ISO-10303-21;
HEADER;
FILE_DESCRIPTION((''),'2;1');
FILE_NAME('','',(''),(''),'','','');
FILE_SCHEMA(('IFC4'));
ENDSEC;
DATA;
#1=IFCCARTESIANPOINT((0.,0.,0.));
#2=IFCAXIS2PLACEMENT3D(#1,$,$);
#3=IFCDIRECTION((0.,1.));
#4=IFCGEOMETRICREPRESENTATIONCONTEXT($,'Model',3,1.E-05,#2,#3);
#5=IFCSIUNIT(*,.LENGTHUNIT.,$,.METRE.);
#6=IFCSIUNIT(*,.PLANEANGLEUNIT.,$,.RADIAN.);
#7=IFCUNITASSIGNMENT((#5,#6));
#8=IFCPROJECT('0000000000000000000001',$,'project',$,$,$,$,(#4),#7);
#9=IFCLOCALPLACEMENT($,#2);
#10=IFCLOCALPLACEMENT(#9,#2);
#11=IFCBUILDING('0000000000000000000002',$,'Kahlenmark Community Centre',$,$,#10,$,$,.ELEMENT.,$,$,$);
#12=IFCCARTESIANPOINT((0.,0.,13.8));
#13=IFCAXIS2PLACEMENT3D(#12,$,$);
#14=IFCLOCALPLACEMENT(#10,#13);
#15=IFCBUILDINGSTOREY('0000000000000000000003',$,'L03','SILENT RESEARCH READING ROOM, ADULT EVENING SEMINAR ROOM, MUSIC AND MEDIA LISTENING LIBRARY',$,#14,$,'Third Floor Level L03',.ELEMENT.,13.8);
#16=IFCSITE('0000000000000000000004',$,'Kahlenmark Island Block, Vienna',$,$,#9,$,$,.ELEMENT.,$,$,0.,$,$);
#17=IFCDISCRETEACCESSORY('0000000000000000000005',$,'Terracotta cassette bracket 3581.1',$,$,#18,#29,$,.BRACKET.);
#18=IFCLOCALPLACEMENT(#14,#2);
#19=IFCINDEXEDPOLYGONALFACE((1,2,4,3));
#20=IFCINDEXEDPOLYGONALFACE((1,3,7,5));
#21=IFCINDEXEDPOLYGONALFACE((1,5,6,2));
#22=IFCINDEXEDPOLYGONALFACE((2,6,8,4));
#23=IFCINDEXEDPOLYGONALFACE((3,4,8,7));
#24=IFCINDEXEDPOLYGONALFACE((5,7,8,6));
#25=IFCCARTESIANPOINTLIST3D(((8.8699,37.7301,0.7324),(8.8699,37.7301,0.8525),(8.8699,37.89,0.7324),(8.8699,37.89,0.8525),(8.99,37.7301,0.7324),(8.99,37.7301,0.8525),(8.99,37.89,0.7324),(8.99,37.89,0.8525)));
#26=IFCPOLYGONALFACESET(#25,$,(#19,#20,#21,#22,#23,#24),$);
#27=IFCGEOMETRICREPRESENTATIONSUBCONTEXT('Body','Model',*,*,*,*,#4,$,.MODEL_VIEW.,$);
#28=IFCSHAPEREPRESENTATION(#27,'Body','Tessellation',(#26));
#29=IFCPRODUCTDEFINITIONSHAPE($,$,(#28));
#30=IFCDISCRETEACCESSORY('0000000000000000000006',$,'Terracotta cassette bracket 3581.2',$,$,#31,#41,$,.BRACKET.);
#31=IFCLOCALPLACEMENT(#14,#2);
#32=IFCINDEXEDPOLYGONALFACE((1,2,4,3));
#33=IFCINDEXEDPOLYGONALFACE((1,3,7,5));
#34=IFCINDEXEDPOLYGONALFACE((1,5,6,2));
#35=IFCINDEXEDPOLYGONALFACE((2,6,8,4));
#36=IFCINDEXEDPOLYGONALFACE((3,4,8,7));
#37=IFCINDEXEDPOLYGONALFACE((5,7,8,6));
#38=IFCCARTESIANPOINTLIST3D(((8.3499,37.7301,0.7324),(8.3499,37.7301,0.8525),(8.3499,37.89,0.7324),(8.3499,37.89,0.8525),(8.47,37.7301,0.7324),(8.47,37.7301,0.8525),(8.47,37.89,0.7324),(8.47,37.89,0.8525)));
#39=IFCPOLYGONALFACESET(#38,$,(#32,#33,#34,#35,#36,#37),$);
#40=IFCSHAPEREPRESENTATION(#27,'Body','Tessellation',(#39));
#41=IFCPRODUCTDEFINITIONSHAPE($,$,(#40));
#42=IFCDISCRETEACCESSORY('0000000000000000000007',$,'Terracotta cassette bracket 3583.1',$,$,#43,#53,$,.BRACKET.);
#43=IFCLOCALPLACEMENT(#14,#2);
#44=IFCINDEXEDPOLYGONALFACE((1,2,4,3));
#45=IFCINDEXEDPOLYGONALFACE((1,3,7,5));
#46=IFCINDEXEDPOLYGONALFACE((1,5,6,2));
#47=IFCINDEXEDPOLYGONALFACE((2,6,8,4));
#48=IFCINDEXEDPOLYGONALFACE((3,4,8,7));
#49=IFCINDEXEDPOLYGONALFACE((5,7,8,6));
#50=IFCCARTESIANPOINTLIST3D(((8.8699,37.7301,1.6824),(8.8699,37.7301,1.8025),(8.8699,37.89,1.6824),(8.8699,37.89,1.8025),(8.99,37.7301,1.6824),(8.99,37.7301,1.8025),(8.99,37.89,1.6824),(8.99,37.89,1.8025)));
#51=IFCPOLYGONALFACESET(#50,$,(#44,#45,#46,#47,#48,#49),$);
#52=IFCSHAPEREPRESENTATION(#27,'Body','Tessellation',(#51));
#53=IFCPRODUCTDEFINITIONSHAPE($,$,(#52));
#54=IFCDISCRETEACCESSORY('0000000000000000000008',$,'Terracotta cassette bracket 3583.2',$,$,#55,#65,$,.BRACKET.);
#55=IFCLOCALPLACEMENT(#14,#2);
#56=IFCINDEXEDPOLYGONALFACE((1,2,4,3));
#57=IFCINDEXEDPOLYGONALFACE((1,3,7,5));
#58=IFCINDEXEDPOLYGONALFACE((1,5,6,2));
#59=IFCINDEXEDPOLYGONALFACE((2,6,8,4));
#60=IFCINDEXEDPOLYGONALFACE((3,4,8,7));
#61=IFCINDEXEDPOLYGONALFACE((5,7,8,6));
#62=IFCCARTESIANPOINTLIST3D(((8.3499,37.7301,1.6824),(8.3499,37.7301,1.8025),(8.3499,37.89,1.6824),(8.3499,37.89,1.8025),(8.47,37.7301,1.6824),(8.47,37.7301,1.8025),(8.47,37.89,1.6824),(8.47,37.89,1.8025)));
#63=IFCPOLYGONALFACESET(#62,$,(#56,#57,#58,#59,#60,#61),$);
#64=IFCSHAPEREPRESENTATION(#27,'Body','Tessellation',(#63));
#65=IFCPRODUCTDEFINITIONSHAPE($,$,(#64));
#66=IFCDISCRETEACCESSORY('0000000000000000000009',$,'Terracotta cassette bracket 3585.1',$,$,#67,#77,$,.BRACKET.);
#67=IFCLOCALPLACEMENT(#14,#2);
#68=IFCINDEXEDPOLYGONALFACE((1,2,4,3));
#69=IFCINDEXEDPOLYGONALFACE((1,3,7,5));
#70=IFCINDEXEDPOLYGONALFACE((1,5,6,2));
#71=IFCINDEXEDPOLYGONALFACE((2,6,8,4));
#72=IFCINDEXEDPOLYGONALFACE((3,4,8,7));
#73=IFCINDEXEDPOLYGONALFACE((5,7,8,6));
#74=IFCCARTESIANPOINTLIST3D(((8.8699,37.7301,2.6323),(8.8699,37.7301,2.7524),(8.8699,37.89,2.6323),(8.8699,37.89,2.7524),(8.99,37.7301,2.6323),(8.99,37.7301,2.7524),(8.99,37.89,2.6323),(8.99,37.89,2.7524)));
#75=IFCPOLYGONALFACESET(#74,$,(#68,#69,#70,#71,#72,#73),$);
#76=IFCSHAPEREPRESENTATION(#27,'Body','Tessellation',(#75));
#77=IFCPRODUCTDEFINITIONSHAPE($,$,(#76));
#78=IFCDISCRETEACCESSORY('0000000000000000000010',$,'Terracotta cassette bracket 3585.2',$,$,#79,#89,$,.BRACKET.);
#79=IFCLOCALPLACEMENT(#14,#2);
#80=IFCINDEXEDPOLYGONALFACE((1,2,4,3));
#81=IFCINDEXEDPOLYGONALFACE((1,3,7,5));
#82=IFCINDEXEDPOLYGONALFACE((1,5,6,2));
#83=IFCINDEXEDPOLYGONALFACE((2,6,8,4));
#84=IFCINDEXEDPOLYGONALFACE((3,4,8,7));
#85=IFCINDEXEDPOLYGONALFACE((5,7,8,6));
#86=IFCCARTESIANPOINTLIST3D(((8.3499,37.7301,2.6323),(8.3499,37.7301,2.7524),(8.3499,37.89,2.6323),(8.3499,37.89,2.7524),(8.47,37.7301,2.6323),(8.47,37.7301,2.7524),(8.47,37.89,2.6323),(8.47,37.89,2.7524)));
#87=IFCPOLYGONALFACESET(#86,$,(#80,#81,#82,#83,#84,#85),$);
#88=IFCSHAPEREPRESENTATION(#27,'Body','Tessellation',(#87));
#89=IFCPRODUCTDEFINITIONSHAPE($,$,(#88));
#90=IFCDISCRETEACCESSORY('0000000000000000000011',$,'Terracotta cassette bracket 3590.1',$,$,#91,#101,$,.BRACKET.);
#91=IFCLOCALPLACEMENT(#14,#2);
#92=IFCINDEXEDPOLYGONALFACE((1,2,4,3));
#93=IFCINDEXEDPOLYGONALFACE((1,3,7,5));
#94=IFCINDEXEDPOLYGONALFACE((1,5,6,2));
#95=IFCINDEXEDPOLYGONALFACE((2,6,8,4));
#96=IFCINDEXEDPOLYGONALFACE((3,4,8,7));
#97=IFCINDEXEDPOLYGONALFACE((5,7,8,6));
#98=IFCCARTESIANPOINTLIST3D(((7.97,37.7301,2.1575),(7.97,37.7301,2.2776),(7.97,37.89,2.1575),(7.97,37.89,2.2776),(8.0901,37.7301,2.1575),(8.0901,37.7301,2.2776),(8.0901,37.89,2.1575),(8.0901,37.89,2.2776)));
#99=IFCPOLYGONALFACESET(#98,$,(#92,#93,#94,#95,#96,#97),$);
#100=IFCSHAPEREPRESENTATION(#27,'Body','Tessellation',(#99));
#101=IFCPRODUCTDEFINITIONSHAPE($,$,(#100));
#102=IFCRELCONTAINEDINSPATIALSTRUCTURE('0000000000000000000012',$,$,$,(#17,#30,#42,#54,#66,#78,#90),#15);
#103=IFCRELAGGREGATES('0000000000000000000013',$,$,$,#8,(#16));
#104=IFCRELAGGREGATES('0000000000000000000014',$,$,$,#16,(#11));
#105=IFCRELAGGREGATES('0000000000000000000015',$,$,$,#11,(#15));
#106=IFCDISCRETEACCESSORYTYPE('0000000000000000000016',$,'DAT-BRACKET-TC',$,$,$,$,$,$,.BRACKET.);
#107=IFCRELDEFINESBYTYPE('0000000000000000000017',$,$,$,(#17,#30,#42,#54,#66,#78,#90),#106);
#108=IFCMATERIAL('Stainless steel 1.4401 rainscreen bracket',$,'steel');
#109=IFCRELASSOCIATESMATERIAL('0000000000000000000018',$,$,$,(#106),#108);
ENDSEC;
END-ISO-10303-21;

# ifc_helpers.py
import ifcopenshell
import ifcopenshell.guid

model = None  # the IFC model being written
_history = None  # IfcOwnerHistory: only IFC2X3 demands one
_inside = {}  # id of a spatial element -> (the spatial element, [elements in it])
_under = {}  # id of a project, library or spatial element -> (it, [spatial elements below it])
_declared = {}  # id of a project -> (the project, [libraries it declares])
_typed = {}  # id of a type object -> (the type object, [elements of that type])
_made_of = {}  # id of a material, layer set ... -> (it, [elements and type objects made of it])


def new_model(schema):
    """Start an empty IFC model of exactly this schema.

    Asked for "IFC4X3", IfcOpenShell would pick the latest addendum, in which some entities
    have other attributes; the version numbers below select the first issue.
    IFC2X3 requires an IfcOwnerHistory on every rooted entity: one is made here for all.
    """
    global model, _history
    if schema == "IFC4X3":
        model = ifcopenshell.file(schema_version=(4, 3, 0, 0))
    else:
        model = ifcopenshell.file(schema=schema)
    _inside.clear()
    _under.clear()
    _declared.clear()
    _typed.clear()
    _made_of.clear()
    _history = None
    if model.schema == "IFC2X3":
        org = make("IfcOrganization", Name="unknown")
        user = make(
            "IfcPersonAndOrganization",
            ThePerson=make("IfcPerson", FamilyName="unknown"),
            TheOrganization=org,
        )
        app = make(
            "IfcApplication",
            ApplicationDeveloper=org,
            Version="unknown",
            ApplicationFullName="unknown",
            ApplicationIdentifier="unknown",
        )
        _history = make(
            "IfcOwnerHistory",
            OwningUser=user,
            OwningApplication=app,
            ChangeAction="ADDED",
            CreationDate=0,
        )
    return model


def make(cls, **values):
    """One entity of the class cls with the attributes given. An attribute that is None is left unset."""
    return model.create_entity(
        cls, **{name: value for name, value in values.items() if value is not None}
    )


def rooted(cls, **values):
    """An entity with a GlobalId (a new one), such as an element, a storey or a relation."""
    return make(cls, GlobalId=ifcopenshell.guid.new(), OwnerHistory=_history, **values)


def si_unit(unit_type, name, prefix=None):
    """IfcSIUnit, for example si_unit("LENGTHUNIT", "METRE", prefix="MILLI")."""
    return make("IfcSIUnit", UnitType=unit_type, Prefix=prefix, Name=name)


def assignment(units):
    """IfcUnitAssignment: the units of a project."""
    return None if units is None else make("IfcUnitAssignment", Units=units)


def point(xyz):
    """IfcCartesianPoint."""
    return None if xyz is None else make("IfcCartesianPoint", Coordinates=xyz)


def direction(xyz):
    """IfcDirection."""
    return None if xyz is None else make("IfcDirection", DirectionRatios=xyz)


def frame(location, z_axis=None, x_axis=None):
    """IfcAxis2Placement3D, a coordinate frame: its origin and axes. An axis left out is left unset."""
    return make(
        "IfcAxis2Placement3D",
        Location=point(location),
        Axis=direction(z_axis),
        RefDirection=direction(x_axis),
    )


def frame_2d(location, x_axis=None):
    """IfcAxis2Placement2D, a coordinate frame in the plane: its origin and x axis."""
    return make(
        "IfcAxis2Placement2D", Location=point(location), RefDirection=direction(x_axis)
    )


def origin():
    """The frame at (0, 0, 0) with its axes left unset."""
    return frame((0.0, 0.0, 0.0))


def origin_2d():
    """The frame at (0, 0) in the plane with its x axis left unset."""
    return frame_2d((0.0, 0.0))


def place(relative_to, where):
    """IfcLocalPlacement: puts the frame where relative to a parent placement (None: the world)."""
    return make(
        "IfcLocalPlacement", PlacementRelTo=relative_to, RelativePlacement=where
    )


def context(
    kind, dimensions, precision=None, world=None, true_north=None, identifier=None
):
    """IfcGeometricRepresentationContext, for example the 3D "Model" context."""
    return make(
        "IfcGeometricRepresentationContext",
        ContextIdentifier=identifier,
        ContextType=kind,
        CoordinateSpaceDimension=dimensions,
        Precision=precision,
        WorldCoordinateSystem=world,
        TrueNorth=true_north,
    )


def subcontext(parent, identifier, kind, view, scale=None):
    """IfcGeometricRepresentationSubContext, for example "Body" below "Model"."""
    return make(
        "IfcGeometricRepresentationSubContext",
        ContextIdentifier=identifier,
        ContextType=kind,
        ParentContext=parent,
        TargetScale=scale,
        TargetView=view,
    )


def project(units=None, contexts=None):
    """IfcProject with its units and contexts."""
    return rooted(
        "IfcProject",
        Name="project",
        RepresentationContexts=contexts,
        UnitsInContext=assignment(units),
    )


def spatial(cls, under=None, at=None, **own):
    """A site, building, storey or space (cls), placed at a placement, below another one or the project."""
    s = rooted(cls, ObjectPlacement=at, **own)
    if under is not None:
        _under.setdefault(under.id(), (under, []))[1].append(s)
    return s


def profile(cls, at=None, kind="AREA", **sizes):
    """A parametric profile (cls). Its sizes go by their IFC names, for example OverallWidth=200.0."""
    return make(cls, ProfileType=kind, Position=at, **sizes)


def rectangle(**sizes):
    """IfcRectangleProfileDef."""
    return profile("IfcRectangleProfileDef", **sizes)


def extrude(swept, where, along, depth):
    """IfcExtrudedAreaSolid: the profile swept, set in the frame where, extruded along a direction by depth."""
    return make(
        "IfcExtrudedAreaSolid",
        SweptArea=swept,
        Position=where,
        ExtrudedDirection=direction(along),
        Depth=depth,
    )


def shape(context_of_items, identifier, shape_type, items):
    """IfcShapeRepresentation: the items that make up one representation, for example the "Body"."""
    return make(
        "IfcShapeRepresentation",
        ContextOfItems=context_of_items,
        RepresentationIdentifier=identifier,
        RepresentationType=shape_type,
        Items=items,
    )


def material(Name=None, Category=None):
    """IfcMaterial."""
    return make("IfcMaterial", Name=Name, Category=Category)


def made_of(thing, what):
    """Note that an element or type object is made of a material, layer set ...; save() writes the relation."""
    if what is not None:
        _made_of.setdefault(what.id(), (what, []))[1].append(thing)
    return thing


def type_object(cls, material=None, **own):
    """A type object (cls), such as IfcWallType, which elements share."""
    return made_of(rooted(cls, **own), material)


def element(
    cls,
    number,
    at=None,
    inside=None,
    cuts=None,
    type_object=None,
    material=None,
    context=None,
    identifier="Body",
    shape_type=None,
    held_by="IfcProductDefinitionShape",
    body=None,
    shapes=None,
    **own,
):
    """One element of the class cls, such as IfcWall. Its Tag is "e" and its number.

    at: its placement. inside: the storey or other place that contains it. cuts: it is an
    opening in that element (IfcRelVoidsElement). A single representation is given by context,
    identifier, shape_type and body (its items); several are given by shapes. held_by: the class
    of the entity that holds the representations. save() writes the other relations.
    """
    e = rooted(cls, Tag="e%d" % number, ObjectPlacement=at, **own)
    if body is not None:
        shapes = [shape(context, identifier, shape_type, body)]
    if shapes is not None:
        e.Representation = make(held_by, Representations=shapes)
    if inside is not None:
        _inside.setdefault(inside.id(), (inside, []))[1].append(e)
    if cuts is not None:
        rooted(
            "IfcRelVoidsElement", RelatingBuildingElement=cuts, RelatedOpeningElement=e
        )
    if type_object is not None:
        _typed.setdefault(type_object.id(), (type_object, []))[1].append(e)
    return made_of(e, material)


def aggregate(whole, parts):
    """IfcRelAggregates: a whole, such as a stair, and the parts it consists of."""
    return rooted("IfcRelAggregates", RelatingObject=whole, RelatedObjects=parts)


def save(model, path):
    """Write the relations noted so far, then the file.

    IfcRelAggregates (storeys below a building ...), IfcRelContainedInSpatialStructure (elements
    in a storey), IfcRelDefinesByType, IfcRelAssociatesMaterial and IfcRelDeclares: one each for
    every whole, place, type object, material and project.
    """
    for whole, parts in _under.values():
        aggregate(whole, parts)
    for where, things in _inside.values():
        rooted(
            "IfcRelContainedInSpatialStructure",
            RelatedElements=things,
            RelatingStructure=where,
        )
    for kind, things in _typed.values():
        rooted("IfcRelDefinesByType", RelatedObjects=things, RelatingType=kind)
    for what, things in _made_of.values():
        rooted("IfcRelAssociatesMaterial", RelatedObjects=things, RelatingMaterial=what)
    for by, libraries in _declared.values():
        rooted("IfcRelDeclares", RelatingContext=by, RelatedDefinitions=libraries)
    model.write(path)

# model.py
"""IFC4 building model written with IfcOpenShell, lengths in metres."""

from ifc_helpers import new_model, si_unit, direction, frame, origin, origin_2d, place, context, subcontext, project, spatial, rectangle, extrude, material, type_object, element, save


model = new_model("IFC4")

# Units and contexts
model_context = context("Model", 3, precision=1e-05, world=origin(), true_north=direction((0.0, 1.0)))
body_context = subcontext(model_context, "Body", "Model", "MODEL_VIEW")
ifc_project = project(units=[si_unit("LENGTHUNIT", "METRE"), si_unit("PLANEANGLEUNIT", "RADIAN")], contexts=[model_context])

# Site, building, storey
site_placement = place(None, origin())
site = spatial("IfcSite", under=ifc_project, at=site_placement, Name="Kahlenmark Island Block, Vienna", CompositionType="ELEMENT", RefElevation=0.0)
building_placement = place(site_placement, origin())
building = spatial("IfcBuilding", under=site, at=building_placement, Name="Kahlenmark Community Centre", CompositionType="ELEMENT")
storey_placement = place(building_placement, frame((0.0, 0.0, 13.8)))
storey = spatial("IfcBuildingStorey", under=building, at=storey_placement, Name="L03", Description="SILENT RESEARCH READING ROOM, ADULT EVENING SEMINAR ROOM, MUSIC AND MEDIA LISTENING LIBRARY", LongName="Third Floor Level L03", CompositionType="ELEMENT", Elevation=13.8)

# Discrete accessories
ifc_material_1 = material(Name="Stainless steel 1.4401 rainscreen bracket", Category="steel")
discrete_accessory_type = type_object("IfcDiscreteAccessoryType", Name="DAT-BRACKET-TC", PredefinedType="BRACKET", material=ifc_material_1)
for number, where, z_axis, x_axis, name in (
    (1, (8.9299, 37.8101, 0.7324), (0.0, 0.0, 1.0), (-1.0, 0.0, 0.0), "Terracotta cassette bracket 3581.1"),
    (2, (8.4099, 37.8101, 0.7324), (0.0, 0.0, 1.0), (-1.0, 0.0, 0.0), "Terracotta cassette bracket 3581.2"),
    (3, (8.9299, 37.8101, 1.6824), (0.0, 0.0, 1.0), (-1.0, 0.0, 0.0), "Terracotta cassette bracket 3583.1"),
    (4, (8.4099, 37.8101, 1.6824), (0.0, 0.0, 1.0), (-1.0, 0.0, 0.0), "Terracotta cassette bracket 3583.2"),
    (5, (8.9299, 37.8101, 2.6323), (0.0, 0.0, 1.0), (-1.0, 0.0, 0.0), "Terracotta cassette bracket 3585.1"),
    (6, (8.4099, 37.8101, 2.6323), (0.0, 0.0, 1.0), (-1.0, 0.0, 0.0), "Terracotta cassette bracket 3585.2"),
    (7, (8.03, 37.8101, 2.1575), (0.0, 0.0, 1.0), (-1.0, 0.0, 0.0), "Terracotta cassette bracket 3590.1"),
):
    element("IfcDiscreteAccessory", number, at=place(storey_placement, frame(where, z_axis=z_axis, x_axis=x_axis)), inside=storey, type_object=discrete_accessory_type, Name=name, PredefinedType="BRACKET", context=body_context, shape_type="SweptSolid", body=[
        extrude(rectangle(XDim=0.1201, YDim=0.1599, at=origin_2d()), origin(), (0.0, 0.0, 1.0), 0.1201),
    ])

save(model, "model.ifc")
